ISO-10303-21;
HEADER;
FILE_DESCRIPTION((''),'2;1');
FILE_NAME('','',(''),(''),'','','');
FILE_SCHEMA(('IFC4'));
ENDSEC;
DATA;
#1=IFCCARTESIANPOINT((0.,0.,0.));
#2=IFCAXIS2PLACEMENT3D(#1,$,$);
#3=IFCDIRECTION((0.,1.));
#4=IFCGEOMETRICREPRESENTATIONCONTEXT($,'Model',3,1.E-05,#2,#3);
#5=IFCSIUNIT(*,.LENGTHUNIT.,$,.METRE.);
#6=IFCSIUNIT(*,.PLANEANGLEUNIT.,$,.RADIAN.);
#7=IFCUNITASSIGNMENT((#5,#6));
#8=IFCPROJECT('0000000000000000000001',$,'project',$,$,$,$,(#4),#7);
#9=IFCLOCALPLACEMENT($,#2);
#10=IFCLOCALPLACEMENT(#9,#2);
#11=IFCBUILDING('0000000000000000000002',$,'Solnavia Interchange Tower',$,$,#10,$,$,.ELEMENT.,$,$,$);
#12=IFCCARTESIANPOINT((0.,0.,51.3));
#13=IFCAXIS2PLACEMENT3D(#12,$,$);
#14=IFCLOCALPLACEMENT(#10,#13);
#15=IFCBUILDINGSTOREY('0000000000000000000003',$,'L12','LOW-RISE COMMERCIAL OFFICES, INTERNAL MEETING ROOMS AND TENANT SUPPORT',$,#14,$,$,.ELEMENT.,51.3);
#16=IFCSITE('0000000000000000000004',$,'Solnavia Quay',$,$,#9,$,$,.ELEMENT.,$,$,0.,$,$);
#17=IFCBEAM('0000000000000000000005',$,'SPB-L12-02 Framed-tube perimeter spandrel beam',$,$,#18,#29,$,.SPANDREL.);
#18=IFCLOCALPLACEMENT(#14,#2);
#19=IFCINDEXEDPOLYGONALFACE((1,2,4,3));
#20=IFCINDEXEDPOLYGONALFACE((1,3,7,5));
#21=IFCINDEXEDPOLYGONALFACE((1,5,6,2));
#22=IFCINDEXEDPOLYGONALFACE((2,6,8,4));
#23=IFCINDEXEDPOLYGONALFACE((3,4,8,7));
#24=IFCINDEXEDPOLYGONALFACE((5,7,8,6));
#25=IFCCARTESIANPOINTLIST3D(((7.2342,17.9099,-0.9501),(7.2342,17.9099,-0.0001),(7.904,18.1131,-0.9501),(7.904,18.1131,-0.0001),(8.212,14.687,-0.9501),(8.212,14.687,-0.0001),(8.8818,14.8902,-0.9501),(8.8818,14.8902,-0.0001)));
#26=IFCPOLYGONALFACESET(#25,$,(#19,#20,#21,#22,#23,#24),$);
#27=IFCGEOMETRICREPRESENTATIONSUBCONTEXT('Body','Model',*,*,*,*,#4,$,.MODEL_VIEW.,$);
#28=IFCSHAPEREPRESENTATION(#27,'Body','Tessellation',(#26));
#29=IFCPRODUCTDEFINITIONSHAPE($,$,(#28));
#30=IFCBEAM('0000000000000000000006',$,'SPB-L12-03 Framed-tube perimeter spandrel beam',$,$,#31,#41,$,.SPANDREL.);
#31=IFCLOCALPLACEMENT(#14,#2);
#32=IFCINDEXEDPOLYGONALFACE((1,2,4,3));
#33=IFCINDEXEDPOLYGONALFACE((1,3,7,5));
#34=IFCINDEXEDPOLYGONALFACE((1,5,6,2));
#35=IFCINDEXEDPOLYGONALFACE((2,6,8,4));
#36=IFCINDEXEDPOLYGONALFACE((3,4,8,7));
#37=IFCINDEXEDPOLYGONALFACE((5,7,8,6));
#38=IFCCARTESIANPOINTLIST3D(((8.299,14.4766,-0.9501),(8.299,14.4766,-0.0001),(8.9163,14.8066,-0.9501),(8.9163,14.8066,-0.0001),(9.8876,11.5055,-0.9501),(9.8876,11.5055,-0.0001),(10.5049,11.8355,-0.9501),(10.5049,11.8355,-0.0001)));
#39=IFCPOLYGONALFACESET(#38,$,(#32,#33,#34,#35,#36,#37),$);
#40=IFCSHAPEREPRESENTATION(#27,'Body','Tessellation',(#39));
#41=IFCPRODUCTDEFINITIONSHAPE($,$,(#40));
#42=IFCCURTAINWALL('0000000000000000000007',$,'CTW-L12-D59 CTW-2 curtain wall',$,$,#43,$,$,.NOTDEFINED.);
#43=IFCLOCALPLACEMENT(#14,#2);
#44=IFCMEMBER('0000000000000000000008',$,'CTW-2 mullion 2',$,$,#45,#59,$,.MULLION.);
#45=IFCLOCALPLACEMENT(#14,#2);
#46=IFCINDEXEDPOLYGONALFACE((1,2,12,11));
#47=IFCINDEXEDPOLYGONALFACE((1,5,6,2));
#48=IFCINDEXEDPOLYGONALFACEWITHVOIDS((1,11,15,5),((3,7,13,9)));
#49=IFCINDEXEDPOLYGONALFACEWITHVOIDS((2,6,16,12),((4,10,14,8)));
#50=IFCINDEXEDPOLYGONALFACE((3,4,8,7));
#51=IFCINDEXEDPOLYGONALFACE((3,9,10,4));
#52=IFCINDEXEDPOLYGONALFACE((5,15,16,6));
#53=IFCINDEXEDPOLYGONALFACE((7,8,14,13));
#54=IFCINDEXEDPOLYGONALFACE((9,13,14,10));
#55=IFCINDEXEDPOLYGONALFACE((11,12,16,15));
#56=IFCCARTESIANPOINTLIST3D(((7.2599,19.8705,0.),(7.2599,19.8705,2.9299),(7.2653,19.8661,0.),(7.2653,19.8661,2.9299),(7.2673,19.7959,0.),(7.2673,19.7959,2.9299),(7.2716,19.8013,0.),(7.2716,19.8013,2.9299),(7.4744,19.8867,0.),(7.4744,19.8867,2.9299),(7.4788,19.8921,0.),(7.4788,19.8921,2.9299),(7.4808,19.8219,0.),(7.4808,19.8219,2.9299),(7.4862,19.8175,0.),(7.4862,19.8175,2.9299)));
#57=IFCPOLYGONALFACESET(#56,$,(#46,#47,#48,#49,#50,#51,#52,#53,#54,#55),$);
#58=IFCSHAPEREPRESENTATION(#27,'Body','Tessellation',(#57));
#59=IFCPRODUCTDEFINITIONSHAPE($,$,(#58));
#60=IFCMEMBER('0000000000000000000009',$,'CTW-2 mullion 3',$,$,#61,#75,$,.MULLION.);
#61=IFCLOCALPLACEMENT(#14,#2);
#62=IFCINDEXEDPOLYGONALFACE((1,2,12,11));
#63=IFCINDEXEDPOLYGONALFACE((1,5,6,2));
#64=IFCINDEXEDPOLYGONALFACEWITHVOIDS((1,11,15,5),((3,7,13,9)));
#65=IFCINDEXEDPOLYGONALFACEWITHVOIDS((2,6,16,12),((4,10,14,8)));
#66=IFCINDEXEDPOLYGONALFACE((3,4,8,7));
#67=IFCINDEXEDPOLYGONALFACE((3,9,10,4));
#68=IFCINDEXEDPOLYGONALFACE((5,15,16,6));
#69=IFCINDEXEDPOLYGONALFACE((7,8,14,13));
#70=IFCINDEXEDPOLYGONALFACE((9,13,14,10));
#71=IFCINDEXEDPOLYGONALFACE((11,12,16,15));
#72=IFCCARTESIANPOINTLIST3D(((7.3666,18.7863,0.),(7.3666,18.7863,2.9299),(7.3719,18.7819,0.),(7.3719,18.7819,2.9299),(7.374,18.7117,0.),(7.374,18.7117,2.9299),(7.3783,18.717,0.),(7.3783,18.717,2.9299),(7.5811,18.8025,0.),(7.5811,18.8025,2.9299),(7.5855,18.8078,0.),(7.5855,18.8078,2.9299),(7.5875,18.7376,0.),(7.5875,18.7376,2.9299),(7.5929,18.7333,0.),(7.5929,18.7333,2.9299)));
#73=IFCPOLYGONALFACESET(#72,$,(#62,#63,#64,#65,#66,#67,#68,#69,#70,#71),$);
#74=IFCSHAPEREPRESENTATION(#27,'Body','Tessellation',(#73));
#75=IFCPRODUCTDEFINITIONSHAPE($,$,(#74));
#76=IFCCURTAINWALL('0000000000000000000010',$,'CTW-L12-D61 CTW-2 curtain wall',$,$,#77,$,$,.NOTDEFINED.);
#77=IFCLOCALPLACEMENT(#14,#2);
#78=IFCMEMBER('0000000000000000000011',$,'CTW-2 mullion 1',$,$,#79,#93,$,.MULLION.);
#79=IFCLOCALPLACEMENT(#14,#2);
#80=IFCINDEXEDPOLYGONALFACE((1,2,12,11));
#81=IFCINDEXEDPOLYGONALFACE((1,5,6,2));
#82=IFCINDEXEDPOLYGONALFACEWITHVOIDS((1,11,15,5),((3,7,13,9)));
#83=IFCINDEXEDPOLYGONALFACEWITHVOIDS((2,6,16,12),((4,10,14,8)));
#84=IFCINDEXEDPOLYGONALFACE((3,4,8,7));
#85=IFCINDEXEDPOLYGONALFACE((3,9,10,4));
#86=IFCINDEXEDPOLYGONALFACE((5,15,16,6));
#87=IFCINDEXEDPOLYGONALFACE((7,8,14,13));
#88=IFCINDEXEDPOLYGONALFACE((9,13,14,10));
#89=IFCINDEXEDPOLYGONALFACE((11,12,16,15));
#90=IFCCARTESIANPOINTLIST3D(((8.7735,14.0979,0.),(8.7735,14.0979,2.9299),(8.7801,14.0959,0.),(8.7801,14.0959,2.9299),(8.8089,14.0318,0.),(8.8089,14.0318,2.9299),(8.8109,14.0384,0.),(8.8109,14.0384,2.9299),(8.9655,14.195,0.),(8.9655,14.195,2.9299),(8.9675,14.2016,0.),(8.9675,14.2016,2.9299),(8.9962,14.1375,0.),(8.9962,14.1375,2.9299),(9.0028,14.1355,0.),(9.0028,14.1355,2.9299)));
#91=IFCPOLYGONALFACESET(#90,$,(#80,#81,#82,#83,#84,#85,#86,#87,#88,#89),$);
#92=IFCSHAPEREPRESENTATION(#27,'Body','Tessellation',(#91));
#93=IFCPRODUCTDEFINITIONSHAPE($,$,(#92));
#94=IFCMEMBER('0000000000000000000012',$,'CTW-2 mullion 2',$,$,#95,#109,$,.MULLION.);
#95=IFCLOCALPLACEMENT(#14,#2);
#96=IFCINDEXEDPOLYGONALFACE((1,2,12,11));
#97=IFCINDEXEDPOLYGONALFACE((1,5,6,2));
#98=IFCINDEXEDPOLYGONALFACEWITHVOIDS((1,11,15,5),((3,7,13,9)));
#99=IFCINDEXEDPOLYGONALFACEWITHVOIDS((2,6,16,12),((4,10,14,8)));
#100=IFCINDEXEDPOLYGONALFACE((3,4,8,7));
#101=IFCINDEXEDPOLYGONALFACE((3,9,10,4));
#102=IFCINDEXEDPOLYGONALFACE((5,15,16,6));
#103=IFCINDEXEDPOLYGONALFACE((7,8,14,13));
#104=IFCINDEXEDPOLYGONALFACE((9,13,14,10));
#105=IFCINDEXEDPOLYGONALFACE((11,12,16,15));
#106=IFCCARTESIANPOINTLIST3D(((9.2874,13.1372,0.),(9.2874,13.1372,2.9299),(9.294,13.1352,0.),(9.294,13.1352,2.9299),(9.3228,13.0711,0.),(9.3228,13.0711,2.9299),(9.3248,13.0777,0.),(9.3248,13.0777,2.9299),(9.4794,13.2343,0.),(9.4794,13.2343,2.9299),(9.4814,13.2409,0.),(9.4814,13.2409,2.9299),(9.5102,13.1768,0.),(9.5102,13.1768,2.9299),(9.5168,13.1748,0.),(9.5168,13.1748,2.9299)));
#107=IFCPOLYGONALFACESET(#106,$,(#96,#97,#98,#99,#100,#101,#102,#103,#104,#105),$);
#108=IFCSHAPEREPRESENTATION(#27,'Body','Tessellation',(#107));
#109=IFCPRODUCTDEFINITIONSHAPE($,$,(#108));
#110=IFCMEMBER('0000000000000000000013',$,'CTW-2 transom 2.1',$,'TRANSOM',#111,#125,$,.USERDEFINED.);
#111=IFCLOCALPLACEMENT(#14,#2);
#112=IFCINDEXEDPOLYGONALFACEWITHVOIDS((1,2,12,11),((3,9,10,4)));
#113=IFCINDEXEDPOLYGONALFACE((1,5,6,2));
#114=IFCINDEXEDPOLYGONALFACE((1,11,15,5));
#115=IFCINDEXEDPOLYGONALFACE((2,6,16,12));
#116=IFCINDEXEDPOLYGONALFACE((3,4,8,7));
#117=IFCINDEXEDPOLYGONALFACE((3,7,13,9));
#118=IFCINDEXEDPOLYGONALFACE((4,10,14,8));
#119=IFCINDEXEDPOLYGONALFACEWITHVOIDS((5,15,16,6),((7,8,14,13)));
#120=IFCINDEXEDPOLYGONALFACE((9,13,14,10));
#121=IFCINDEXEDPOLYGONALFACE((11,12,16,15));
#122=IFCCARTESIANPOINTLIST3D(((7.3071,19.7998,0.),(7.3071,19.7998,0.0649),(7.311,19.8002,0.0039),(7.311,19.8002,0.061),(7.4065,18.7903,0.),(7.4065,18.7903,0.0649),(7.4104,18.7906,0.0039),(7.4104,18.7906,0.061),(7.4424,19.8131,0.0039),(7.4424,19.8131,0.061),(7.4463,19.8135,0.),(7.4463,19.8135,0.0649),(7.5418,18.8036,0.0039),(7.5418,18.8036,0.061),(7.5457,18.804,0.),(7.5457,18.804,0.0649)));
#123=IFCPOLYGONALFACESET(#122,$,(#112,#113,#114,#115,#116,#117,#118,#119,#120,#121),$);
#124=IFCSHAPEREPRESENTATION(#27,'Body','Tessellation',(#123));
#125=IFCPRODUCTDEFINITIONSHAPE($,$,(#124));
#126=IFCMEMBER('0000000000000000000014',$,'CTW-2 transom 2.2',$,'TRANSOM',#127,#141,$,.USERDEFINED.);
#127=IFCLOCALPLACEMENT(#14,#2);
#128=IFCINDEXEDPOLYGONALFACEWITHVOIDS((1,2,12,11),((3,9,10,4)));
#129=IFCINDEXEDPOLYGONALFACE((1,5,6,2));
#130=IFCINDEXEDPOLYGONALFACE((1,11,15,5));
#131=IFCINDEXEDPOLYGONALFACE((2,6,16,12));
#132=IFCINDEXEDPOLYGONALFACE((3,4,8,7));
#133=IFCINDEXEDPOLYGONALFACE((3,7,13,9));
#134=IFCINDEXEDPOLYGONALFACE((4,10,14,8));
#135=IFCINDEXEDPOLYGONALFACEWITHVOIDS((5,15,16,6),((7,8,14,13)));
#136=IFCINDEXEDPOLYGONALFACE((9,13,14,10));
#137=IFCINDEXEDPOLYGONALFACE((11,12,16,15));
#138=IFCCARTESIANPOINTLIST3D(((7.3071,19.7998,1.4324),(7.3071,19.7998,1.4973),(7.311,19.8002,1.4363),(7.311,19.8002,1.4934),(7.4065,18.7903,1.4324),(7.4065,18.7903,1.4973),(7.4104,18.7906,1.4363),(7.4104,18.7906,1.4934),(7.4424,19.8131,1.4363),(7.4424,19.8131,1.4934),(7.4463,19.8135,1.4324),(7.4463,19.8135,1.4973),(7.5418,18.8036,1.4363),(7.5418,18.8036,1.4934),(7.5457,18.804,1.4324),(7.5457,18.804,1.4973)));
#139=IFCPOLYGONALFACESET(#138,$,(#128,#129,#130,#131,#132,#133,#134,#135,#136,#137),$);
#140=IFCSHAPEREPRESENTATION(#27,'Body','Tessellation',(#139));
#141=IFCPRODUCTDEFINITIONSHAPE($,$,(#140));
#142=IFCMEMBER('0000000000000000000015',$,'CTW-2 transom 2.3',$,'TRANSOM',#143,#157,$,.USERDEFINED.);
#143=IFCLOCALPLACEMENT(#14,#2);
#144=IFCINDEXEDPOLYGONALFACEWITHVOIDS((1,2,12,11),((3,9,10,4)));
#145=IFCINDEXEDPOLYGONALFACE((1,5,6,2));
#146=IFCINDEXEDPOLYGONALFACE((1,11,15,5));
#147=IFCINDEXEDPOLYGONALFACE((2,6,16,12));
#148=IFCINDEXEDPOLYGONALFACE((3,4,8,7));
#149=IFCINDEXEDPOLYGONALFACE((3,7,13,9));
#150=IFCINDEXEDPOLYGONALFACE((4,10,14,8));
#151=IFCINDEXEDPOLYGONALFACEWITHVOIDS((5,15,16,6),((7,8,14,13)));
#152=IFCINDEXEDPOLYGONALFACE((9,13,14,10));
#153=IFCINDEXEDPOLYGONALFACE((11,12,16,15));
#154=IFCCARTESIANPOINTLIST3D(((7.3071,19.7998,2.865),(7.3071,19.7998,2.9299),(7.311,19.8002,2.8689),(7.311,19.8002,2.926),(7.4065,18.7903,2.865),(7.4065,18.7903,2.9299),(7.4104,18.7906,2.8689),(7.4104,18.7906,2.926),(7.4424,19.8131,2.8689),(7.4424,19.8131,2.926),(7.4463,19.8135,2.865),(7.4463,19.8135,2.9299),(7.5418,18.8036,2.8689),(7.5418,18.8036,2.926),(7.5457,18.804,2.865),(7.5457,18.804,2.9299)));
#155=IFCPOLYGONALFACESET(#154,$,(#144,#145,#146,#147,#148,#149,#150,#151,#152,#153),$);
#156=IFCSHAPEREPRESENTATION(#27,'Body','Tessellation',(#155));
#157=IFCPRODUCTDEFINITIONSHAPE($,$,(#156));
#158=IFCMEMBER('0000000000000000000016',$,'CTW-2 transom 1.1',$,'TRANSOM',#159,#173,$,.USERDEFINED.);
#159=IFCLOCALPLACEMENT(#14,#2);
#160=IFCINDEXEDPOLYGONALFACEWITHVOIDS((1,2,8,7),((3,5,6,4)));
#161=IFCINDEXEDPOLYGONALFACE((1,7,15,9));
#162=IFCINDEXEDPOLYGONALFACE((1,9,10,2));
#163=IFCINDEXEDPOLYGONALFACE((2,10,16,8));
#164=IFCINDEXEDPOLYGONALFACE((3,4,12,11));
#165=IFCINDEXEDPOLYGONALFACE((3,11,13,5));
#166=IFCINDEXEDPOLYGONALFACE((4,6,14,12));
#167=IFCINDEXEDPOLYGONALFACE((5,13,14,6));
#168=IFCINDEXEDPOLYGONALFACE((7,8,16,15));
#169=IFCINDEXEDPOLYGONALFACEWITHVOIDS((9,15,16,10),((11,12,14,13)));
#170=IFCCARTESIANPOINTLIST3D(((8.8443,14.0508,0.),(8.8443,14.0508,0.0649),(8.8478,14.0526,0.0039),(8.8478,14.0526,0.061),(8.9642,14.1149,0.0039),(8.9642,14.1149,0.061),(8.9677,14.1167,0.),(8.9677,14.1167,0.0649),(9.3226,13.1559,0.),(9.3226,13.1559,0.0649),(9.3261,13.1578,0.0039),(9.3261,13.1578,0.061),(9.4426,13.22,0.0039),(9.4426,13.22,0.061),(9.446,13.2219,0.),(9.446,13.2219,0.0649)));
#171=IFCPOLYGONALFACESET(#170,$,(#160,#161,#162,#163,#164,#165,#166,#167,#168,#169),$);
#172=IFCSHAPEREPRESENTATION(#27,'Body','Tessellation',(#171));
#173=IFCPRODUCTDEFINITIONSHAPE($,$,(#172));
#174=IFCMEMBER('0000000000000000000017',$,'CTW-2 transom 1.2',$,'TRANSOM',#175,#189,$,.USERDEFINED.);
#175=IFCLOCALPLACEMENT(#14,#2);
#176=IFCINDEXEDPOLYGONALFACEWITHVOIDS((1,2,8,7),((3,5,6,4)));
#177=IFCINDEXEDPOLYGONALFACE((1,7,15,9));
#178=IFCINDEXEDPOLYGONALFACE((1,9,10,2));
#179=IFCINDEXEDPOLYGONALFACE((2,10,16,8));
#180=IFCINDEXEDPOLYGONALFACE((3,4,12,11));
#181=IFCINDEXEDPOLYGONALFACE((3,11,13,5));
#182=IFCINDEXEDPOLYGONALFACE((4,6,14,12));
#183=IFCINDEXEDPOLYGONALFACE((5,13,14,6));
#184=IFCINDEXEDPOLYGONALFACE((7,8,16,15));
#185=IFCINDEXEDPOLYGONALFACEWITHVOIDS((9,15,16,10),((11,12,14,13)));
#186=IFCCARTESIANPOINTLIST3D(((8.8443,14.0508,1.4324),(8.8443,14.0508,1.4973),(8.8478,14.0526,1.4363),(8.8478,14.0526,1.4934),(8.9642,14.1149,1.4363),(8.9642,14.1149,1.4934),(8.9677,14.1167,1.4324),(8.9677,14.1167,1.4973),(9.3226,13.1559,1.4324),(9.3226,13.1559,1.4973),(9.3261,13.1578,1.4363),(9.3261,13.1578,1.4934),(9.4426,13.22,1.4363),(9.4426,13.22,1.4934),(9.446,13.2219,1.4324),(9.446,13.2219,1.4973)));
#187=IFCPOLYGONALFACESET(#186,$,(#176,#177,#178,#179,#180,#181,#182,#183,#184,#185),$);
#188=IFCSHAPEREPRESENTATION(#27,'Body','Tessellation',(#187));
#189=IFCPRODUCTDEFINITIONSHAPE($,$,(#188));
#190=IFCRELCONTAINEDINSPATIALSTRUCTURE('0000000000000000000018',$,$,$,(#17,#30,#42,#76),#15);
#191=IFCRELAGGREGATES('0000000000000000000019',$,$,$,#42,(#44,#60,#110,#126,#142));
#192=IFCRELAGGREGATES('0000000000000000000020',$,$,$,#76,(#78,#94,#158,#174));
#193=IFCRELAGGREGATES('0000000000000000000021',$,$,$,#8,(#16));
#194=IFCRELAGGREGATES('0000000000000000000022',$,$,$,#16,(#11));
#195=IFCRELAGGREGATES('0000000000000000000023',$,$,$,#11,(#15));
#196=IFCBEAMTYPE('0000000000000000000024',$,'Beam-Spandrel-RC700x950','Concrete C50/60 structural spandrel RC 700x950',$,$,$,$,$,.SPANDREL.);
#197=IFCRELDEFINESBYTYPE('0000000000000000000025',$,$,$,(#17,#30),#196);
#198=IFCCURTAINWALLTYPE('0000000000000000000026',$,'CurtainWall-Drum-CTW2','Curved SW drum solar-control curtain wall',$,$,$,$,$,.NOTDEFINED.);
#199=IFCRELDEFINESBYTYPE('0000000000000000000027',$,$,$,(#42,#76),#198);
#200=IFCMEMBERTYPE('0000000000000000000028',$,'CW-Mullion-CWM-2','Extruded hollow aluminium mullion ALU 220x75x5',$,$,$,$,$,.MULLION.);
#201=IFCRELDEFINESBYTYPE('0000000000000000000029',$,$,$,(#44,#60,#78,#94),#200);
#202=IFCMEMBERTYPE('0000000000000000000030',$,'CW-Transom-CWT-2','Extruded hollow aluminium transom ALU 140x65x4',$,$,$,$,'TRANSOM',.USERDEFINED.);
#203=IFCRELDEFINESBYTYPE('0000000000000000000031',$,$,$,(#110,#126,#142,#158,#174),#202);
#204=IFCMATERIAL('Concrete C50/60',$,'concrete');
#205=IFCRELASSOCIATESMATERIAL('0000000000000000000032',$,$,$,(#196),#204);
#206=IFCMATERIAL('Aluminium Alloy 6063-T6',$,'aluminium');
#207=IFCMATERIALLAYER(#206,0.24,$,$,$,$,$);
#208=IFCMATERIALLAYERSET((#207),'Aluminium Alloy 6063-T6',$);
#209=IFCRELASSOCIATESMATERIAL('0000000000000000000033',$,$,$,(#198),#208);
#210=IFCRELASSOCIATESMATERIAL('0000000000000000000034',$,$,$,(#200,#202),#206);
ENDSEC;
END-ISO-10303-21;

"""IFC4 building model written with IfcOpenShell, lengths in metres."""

from ifc_helpers import new_model, si_unit, direction, frame, origin, origin_2d, place, context, subcontext, project, spatial, rectangle, hollow_rectangle, extrude, material, layer, layer_set, material_profile, profile_set, type_object, element, aggregate, save


model = new_model("IFC4")

# Units and contexts
model_context = context("Model", 3, precision=1e-05, world=origin(), true_north=direction((0.0, 1.0)))
body_context = subcontext(model_context, "Body", "Model", "MODEL_VIEW")
ifc_project = project(units=[si_unit("LENGTHUNIT", "METRE"), si_unit("PLANEANGLEUNIT", "RADIAN")], contexts=[model_context])

# Site, building, storey
site_placement = place(None, origin())
site = spatial("IfcSite", under=ifc_project, at=site_placement, Name="Solnavia Quay", CompositionType="ELEMENT", RefElevation=0.0)
building_placement = place(site_placement, origin())
building = spatial("IfcBuilding", under=site, at=building_placement, Name="Solnavia Interchange Tower", CompositionType="ELEMENT")
storey_placement = place(building_placement, frame((0.0, 0.0, 51.3)))
storey = spatial("IfcBuildingStorey", under=building, at=storey_placement, Name="L12", Description="LOW-RISE COMMERCIAL OFFICES, INTERNAL MEETING ROOMS AND TENANT SUPPORT", CompositionType="ELEMENT", Elevation=51.3)

# Beams
ifc_material_1 = material(Name="Concrete C50/60", Category="concrete")
ifc_material_profile_1 = material_profile(ifc_material_1, rectangle(XDim=0.7, YDim=0.95, at=origin_2d()), Name="RC 700x950")
ifc_profile_set_1 = profile_set([ifc_material_profile_1], Name="Concrete C50/60")
beam_type_1 = type_object("IfcBeamType", Name="Beam-Spandrel-RC700x950", Description="Concrete C50/60 structural spandrel RC 700x950", PredefinedType="SPANDREL", material=ifc_profile_set_1)
beam_1_placement = place(storey_placement, frame((7.5691, 18.0115, -0.4751), z_axis=(0.290319, -0.95693, 0.0), x_axis=(0.95693, 0.290319, 0.0)))
element("IfcBeam", 1, at=beam_1_placement, inside=storey, type_object=beam_type_1, Name="SPB-L12-02 Framed-tube perimeter spandrel beam", PredefinedType="SPANDREL", context=body_context, shape_type="SweptSolid", body=[
    extrude(rectangle(XDim=0.7, YDim=0.95, at=origin_2d()), origin(), (0.0, 0.0, 1.0), 3.3679),
])
beam_2_placement = place(storey_placement, frame((8.6077, 14.6416, -0.4751), z_axis=(0.471509, -0.881861, 0.0), x_axis=(0.881861, 0.471509, 0.0)))
element("IfcBeam", 2, at=beam_2_placement, inside=storey, type_object=beam_type_1, Name="SPB-L12-03 Framed-tube perimeter spandrel beam", PredefinedType="SPANDREL", context=body_context, shape_type="SweptSolid", body=[
    extrude(rectangle(XDim=0.7, YDim=0.95, at=origin_2d()), origin(), (0.0, 0.0, 1.0), 3.3691),
])

# Curtain walls, members
ifc_material_2 = material(Name="Aluminium Alloy 6063-T6", Category="aluminium")
ifc_layer_1 = layer(ifc_material_2, 0.24)
ifc_layer_set_1 = layer_set([ifc_layer_1], Name="Aluminium Alloy 6063-T6")
curtain_wall_type = type_object("IfcCurtainWallType", Name="CurtainWall-Drum-CTW2", Description="Curved SW drum solar-control curtain wall", PredefinedType="NOTDEFINED", material=ifc_layer_set_1)
curtain_wall_1_placement = place(storey_placement, origin())
curtain_wall_1 = element("IfcCurtainWall", 3, at=curtain_wall_1_placement, inside=storey, type_object=curtain_wall_type, Name="CTW-L12-D59 CTW-2 curtain wall", PredefinedType="NOTDEFINED")
ifc_material_profile_2 = material_profile(ifc_material_2, hollow_rectangle(XDim=0.075, YDim=0.22, WallThickness=0.0049, at=origin_2d()), Name="ALU 220x75x5")
ifc_profile_set_2 = profile_set([ifc_material_profile_2], Name="Aluminium Alloy 6063-T6")
member_type_1 = type_object("IfcMemberType", Name="CW-Mullion-CWM-2", Description="Extruded hollow aluminium mullion ALU 220x75x5", PredefinedType="MULLION", material=ifc_profile_set_2)
member_1_placement = place(storey_placement, frame((7.373, 19.844, 0.0), z_axis=(0.0, 0.0, 1.0), x_axis=(0.098045, -0.995182, 0.0)))
member_1 = element("IfcMember", 4, at=member_1_placement, type_object=member_type_1, Name="CTW-2 mullion 2", PredefinedType="MULLION", context=body_context, shape_type="SweptSolid", body=[
    extrude(hollow_rectangle(XDim=0.075, YDim=0.22, WallThickness=0.0049, at=origin_2d()), origin(), (0.0, 0.0, 1.0), 2.9299),
])
member_2_placement = place(storey_placement, frame((7.4797, 18.7598, 0.0), z_axis=(0.0, 0.0, 1.0), x_axis=(0.098045, -0.995182, 0.0)))
member_2 = element("IfcMember", 5, at=member_2_placement, type_object=member_type_1, Name="CTW-2 mullion 3", PredefinedType="MULLION", context=body_context, shape_type="SweptSolid", body=[
    extrude(hollow_rectangle(XDim=0.075, YDim=0.22, WallThickness=0.0049, at=origin_2d()), origin(), (0.0, 0.0, 1.0), 2.9299),
])
curtain_wall_2_placement = place(storey_placement, origin())
curtain_wall_2 = element("IfcCurtainWall", 6, at=curtain_wall_2_placement, inside=storey, type_object=curtain_wall_type, Name="CTW-L12-D61 CTW-2 curtain wall", PredefinedType="NOTDEFINED")
member_3_placement = place(storey_placement, frame((8.8882, 14.1167, 0.0), z_axis=(0.0, 0.0, 1.0), x_axis=(0.471537, -0.881846, 0.0)))
member_3 = element("IfcMember", 7, at=member_3_placement, type_object=member_type_1, Name="CTW-2 mullion 1", PredefinedType="MULLION", context=body_context, shape_type="SweptSolid", body=[
    extrude(hollow_rectangle(XDim=0.075, YDim=0.22, WallThickness=0.0049, at=origin_2d()), origin(), (0.0, 0.0, 1.0), 2.9299),
])
member_4_placement = place(storey_placement, frame((9.4021, 13.156, 0.0), z_axis=(0.0, 0.0, 1.0), x_axis=(0.471537, -0.881846, 0.0)))
member_4 = element("IfcMember", 8, at=member_4_placement, type_object=member_type_1, Name="CTW-2 mullion 2", PredefinedType="MULLION", context=body_context, shape_type="SweptSolid", body=[
    extrude(hollow_rectangle(XDim=0.075, YDim=0.22, WallThickness=0.0049, at=origin_2d()), origin(), (0.0, 0.0, 1.0), 2.9299),
])

# Members
ifc_material_profile_3 = material_profile(ifc_material_2, hollow_rectangle(XDim=0.0649, YDim=0.1399, WallThickness=0.0039, at=origin_2d()), Name="ALU 140x65x4")
ifc_profile_set_3 = profile_set([ifc_material_profile_3], Name="Aluminium Alloy 6063-T6")
member_type_2 = type_object("IfcMemberType", Name="CW-Transom-CWT-2", Description="Extruded hollow aluminium transom ALU 140x65x4", ElementType="TRANSOM", PredefinedType="USERDEFINED", material=ifc_profile_set_3)
member_5_placement = place(storey_placement, frame((7.3767, 19.8066, 0.0325), z_axis=(0.097955, -0.995191, 0.0), x_axis=(0.0, 0.0, 1.0)))
member_5 = element("IfcMember", 9, at=member_5_placement, type_object=member_type_2, Name="CTW-2 transom 2.1", ObjectType="TRANSOM", PredefinedType="USERDEFINED", context=body_context, shape_type="SweptSolid", body=[
    extrude(hollow_rectangle(XDim=0.0649, YDim=0.1399, WallThickness=0.0039, at=origin_2d()), origin(), (0.0, 0.0, 1.0), 1.0144),
])
member_6_placement = place(storey_placement, frame((7.3767, 19.8066, 1.4648), z_axis=(0.097955, -0.995191, 0.0), x_axis=(0.0, 0.0, 1.0)))
member_6 = element("IfcMember", 10, at=member_6_placement, type_object=member_type_2, Name="CTW-2 transom 2.2", ObjectType="TRANSOM", PredefinedType="USERDEFINED", context=body_context, shape_type="SweptSolid", body=[
    extrude(hollow_rectangle(XDim=0.0649, YDim=0.1399, WallThickness=0.0039, at=origin_2d()), origin(), (0.0, 0.0, 1.0), 1.0144),
])
member_7_placement = place(storey_placement, frame((7.3767, 19.8066, 2.8975), z_axis=(0.097955, -0.995191, 0.0), x_axis=(0.0, 0.0, 1.0)))
member_7 = element("IfcMember", 11, at=member_7_placement, type_object=member_type_2, Name="CTW-2 transom 2.3", ObjectType="TRANSOM", PredefinedType="USERDEFINED", context=body_context, shape_type="SweptSolid", body=[
    extrude(hollow_rectangle(XDim=0.0649, YDim=0.1399, WallThickness=0.0039, at=origin_2d()), origin(), (0.0, 0.0, 1.0), 1.0144),
])
member_8_placement = place(storey_placement, frame((8.906, 14.0837, 0.0325), z_axis=(0.4714, -0.88192, 0.0), x_axis=(0.0, 0.0, 1.0)))
member_8 = element("IfcMember", 12, at=member_8_placement, type_object=member_type_2, Name="CTW-2 transom 1.1", ObjectType="TRANSOM", PredefinedType="USERDEFINED", context=body_context, shape_type="SweptSolid", body=[
    extrude(hollow_rectangle(XDim=0.0649, YDim=0.1399, WallThickness=0.0039, at=origin_2d()), origin(), (0.0, 0.0, 1.0), 1.0146),
])
member_9_placement = place(storey_placement, frame((8.906, 14.0837, 1.4648), z_axis=(0.4714, -0.88192, 0.0), x_axis=(0.0, 0.0, 1.0)))
member_9 = element("IfcMember", 13, at=member_9_placement, type_object=member_type_2, Name="CTW-2 transom 1.2", ObjectType="TRANSOM", PredefinedType="USERDEFINED", context=body_context, shape_type="SweptSolid", body=[
    extrude(hollow_rectangle(XDim=0.0649, YDim=0.1399, WallThickness=0.0039, at=origin_2d()), origin(), (0.0, 0.0, 1.0), 1.0146),
])

aggregate(curtain_wall_1, [member_1, member_2, member_5, member_6, member_7])
aggregate(curtain_wall_2, [member_3, member_4, member_8, member_9])

save(model, "model.ifc")
